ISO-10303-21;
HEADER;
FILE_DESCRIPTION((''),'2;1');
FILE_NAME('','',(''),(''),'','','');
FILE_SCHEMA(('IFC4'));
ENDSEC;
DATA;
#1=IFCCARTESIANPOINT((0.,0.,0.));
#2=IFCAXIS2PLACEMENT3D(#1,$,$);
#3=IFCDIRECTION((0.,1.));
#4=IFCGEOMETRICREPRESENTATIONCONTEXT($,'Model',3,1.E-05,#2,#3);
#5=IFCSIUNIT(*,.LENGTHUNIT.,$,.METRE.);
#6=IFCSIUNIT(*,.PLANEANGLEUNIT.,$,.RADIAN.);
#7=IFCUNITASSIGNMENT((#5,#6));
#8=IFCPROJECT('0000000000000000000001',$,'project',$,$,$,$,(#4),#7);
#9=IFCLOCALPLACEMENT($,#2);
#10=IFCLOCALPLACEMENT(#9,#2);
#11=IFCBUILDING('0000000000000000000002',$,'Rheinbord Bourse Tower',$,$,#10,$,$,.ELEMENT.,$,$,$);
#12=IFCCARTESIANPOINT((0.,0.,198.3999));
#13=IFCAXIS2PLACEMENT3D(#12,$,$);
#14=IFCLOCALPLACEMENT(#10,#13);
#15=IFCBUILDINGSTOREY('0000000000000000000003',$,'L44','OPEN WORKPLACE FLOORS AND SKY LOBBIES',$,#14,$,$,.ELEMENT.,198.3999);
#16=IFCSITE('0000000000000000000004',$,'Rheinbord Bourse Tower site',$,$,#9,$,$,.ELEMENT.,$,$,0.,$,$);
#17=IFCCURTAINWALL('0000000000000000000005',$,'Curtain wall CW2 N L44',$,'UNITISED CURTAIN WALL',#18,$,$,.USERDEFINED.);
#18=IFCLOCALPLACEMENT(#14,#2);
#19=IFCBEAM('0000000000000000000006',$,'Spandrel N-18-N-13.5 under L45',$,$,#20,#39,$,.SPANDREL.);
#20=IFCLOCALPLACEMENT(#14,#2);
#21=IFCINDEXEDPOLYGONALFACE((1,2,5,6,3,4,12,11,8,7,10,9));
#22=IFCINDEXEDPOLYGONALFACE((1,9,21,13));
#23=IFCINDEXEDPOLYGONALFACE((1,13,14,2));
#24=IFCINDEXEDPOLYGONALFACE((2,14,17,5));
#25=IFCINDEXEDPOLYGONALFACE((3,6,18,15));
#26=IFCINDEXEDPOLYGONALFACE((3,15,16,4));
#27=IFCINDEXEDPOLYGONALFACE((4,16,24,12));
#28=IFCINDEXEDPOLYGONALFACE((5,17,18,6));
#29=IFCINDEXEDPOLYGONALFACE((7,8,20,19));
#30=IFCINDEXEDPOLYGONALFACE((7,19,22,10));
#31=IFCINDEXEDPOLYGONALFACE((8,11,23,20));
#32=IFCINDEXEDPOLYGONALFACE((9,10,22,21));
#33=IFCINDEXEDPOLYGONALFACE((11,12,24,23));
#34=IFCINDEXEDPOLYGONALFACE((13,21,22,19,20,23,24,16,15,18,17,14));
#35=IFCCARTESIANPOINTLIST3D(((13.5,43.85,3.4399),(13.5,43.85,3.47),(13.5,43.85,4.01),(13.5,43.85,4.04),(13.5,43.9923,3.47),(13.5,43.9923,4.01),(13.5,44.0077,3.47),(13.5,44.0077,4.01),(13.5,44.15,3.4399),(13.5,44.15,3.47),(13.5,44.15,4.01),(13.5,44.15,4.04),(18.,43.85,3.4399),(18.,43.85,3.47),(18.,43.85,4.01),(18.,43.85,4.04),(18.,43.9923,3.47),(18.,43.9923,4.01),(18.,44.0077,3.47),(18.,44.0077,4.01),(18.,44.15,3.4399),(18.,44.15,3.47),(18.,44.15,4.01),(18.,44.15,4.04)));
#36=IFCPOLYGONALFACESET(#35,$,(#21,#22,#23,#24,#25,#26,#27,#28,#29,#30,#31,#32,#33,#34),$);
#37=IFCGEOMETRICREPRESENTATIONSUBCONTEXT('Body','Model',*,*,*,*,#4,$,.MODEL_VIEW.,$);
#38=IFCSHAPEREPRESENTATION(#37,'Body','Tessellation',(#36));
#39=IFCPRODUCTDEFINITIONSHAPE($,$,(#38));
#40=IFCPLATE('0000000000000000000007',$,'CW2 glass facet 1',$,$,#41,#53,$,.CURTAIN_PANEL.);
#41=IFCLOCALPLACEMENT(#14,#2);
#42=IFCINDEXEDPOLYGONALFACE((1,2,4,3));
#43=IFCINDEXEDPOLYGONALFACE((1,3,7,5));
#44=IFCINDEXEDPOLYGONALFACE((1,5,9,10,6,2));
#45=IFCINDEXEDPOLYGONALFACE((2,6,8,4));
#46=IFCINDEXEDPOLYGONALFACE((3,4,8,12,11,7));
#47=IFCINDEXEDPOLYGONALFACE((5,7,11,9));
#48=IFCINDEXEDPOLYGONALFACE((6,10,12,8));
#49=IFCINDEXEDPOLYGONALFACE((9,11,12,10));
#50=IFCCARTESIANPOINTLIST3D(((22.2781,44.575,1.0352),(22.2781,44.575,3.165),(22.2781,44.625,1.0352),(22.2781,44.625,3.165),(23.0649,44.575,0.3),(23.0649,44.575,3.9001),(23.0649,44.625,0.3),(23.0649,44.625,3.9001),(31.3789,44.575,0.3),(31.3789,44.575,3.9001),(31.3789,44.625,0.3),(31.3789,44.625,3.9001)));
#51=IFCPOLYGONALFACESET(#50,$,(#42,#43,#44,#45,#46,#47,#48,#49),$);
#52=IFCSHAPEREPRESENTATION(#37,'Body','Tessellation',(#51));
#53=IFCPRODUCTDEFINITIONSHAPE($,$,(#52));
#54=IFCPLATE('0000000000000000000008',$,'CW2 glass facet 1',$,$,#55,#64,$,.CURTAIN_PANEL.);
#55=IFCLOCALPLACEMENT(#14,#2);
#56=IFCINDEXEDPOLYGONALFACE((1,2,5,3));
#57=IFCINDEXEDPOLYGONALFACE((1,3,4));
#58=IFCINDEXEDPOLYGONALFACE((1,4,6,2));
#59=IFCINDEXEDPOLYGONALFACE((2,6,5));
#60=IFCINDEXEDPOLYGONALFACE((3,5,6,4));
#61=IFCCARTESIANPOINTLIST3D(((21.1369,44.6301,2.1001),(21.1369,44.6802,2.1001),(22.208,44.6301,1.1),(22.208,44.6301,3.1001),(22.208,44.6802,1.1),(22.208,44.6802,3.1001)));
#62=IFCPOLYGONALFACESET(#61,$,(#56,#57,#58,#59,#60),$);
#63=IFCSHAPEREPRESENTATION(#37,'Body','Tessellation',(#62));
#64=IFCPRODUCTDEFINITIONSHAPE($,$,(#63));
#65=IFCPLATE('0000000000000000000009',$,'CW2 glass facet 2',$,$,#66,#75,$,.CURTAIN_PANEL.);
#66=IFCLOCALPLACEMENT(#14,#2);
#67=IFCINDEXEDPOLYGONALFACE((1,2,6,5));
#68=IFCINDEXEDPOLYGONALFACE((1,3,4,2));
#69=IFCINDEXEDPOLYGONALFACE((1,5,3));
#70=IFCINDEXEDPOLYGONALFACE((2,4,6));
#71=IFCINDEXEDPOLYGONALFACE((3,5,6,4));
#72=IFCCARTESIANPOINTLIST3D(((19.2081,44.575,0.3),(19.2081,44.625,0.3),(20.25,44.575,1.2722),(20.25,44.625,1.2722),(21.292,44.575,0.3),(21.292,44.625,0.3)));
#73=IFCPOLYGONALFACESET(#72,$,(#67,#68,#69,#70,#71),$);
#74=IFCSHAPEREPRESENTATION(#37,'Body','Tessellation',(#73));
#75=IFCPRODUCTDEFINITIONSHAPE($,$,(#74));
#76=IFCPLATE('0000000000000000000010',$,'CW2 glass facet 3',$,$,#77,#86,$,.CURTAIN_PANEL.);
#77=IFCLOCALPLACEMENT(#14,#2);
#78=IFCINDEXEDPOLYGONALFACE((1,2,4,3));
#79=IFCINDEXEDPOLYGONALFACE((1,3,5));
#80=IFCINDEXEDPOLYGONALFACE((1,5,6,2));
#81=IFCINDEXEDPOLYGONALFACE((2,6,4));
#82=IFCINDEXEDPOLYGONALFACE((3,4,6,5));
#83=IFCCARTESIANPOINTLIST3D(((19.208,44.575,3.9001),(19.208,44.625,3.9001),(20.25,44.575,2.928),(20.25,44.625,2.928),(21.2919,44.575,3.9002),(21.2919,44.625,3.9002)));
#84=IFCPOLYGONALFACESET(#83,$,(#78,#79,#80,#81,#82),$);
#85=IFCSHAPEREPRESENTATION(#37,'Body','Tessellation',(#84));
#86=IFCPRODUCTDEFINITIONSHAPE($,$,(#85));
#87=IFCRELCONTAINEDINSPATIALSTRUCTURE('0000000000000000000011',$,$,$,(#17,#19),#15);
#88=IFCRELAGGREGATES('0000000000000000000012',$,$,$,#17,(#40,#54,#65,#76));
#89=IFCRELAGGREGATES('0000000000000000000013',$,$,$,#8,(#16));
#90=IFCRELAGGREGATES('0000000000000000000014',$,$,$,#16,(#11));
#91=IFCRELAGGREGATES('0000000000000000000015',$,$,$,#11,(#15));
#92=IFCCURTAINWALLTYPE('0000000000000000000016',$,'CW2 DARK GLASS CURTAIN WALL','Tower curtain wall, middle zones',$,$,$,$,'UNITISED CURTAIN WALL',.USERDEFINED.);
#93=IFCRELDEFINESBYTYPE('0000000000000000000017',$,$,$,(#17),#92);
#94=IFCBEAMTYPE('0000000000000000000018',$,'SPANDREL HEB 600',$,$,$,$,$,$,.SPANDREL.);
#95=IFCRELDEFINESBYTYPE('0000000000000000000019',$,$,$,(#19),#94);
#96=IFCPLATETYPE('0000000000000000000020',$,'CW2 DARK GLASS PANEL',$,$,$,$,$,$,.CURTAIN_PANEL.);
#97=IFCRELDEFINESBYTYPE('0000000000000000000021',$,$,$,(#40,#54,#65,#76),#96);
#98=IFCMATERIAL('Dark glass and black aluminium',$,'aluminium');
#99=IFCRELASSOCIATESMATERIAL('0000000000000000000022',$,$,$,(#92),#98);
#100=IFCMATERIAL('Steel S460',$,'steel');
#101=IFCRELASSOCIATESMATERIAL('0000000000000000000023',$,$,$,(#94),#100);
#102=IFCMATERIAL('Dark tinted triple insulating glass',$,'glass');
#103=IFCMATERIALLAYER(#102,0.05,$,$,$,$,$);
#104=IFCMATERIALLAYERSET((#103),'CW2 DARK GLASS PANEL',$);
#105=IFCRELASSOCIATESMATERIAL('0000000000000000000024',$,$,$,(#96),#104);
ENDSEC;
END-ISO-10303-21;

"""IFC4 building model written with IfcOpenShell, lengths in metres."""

from ifc_helpers import new_model, si_unit, direction, frame, origin, origin_2d, place, context, subcontext, project, spatial, polyline, i_section, outline, extrude, material, layer, layer_set, material_profile, profile_set, type_object, element, aggregate, save


model = new_model("IFC4")

# Units and contexts
model_context = context("Model", 3, precision=1e-05, world=origin(), true_north=direction((0.0, 1.0)))
body_context = subcontext(model_context, "Body", "Model", "MODEL_VIEW")
ifc_project = project(units=[si_unit("LENGTHUNIT", "METRE"), si_unit("PLANEANGLEUNIT", "RADIAN")], contexts=[model_context])

# Site, building, storey
site_placement = place(None, origin())
site = spatial("IfcSite", under=ifc_project, at=site_placement, Name="Rheinbord Bourse Tower site", CompositionType="ELEMENT", RefElevation=0.0)
building_placement = place(site_placement, origin())
building = spatial("IfcBuilding", under=site, at=building_placement, Name="Rheinbord Bourse Tower", CompositionType="ELEMENT")
storey_placement = place(building_placement, frame((0.0, 0.0, 198.3999)))
storey = spatial("IfcBuildingStorey", under=building, at=storey_placement, Name="L44", Description="OPEN WORKPLACE FLOORS AND SKY LOBBIES", CompositionType="ELEMENT", Elevation=198.3999)

# Curtain wall
ifc_material_1 = material(Name="Dark glass and black aluminium", Category="aluminium")
curtain_wall_type = type_object("IfcCurtainWallType", Name="CW2 DARK GLASS CURTAIN WALL", Description="Tower curtain wall, middle zones", ElementType="UNITISED CURTAIN WALL", PredefinedType="USERDEFINED", material=ifc_material_1)
curtain_wall_placement = place(storey_placement, origin())
curtain_wall = element("IfcCurtainWall", 1, at=curtain_wall_placement, inside=storey, type_object=curtain_wall_type, Name="Curtain wall CW2 N L44", ObjectType="UNITISED CURTAIN WALL", PredefinedType="USERDEFINED")

# Beam
ifc_material_2 = material(Name="Steel S460", Category="steel")
ifc_material_profile_1 = material_profile(ifc_material_2, i_section(OverallWidth=0.3, OverallDepth=0.6001, WebThickness=0.0154, FlangeThickness=0.03, at=origin_2d()), Name="HEB 600")
ifc_profile_set_1 = profile_set([ifc_material_profile_1], Name="Steel S460")
beam_type_1 = type_object("IfcBeamType", Name="SPANDREL HEB 600", PredefinedType="SPANDREL", material=ifc_profile_set_1)
for number, where, z_axis, x_axis, name in (
    (2, (18.0, 44.0, 3.74), (-1.0, 0.0, 0.0), (0.0, -1.0, 0.0), "Spandrel N-18-N-13.5 under L45"),
):
    element("IfcBeam", number, at=place(storey_placement, frame(where, z_axis=z_axis, x_axis=x_axis)), inside=storey, type_object=beam_type_1, Name=name, PredefinedType="SPANDREL", context=body_context, shape_type="SweptSolid", body=[
        extrude(i_section(OverallWidth=0.3, OverallDepth=0.6001, WebThickness=0.0154, FlangeThickness=0.03, at=origin_2d()), origin(), (0.0, 0.0, 1.0), 4.5),
    ])

# Plates
ifc_material_3 = material(Name="Dark tinted triple insulating glass", Category="glass")
ifc_layer = layer(ifc_material_3, 0.05)
ifc_layer_set = layer_set([ifc_layer], Name="CW2 DARK GLASS PANEL")
plate_type = type_object("IfcPlateType", Name="CW2 DARK GLASS PANEL", PredefinedType="CURTAIN_PANEL", material=ifc_layer_set)
plate_1_placement = place(storey_placement, frame((31.3789, 44.625, 0.3), z_axis=(0.0, -1.0, 0.0), x_axis=(0.0, 0.0, 1.0)))
plate_1 = element("IfcPlate", 3, at=plate_1_placement, type_object=plate_type, Name="CW2 glass facet 1", PredefinedType="CURTAIN_PANEL", context=body_context, shape_type="SweptSolid", body=[
    extrude(outline(polyline([(0.0, 0.0), (3.6001, 0.0), (3.6001, 8.314), (2.865, 9.1008), (0.7351, 9.1008), (0.0, 8.314), (0.0, 0.0)])), origin(), (0.0, 0.0, 1.0), 0.05),
])
plate_2_placement = place(storey_placement, frame((22.208, 44.6802, 3.1001), z_axis=(0.0, -1.0, 0.0), x_axis=(-0.730933, 0.0, -0.682449)))
plate_2 = element("IfcPlate", 4, at=plate_2_placement, type_object=plate_type, Name="CW2 glass facet 1", PredefinedType="CURTAIN_PANEL", context=body_context, shape_type="SweptSolid", body=[
    extrude(outline(polyline([(0.0, 0.0), (1.4653, 0.0), (1.365, 1.4619), (0.0, 0.0)])), origin(), (0.0, 0.0, 1.0), 0.05),
])
plate_3_placement = place(storey_placement, frame((21.292, 44.625, 0.3), z_axis=(0.0, -1.0, 0.0), x_axis=(-0.731181, 0.0, 0.682184)))
plate_3 = element("IfcPlate", 5, at=plate_3_placement, type_object=plate_type, Name="CW2 glass facet 2", PredefinedType="CURTAIN_PANEL", context=body_context, shape_type="SweptSolid", body=[
    extrude(outline(polyline([(0.0, 0.0), (1.425, 0.0), (1.5237, 1.4216), (0.0, 0.0)])), origin(), (0.0, 0.0, 1.0), 0.05),
])
plate_4_placement = place(storey_placement, frame((19.208, 44.625, 3.9001), z_axis=(0.0, -1.0, 0.0), x_axis=(0.731181, 0.0, -0.682184)))
plate_4 = element("IfcPlate", 6, at=plate_4_placement, type_object=plate_type, Name="CW2 glass facet 3", PredefinedType="CURTAIN_PANEL", context=body_context, shape_type="SweptSolid", body=[
    extrude(outline(polyline([(0.0, 0.0), (1.425, 0.0), (1.5237, 1.4216), (0.0, 0.0)])), origin(), (0.0, 0.0, 1.0), 0.05),
])
aggregate(curtain_wall, [plate_1, plate_2, plate_3, plate_4])

save(model, "model.ifc")
